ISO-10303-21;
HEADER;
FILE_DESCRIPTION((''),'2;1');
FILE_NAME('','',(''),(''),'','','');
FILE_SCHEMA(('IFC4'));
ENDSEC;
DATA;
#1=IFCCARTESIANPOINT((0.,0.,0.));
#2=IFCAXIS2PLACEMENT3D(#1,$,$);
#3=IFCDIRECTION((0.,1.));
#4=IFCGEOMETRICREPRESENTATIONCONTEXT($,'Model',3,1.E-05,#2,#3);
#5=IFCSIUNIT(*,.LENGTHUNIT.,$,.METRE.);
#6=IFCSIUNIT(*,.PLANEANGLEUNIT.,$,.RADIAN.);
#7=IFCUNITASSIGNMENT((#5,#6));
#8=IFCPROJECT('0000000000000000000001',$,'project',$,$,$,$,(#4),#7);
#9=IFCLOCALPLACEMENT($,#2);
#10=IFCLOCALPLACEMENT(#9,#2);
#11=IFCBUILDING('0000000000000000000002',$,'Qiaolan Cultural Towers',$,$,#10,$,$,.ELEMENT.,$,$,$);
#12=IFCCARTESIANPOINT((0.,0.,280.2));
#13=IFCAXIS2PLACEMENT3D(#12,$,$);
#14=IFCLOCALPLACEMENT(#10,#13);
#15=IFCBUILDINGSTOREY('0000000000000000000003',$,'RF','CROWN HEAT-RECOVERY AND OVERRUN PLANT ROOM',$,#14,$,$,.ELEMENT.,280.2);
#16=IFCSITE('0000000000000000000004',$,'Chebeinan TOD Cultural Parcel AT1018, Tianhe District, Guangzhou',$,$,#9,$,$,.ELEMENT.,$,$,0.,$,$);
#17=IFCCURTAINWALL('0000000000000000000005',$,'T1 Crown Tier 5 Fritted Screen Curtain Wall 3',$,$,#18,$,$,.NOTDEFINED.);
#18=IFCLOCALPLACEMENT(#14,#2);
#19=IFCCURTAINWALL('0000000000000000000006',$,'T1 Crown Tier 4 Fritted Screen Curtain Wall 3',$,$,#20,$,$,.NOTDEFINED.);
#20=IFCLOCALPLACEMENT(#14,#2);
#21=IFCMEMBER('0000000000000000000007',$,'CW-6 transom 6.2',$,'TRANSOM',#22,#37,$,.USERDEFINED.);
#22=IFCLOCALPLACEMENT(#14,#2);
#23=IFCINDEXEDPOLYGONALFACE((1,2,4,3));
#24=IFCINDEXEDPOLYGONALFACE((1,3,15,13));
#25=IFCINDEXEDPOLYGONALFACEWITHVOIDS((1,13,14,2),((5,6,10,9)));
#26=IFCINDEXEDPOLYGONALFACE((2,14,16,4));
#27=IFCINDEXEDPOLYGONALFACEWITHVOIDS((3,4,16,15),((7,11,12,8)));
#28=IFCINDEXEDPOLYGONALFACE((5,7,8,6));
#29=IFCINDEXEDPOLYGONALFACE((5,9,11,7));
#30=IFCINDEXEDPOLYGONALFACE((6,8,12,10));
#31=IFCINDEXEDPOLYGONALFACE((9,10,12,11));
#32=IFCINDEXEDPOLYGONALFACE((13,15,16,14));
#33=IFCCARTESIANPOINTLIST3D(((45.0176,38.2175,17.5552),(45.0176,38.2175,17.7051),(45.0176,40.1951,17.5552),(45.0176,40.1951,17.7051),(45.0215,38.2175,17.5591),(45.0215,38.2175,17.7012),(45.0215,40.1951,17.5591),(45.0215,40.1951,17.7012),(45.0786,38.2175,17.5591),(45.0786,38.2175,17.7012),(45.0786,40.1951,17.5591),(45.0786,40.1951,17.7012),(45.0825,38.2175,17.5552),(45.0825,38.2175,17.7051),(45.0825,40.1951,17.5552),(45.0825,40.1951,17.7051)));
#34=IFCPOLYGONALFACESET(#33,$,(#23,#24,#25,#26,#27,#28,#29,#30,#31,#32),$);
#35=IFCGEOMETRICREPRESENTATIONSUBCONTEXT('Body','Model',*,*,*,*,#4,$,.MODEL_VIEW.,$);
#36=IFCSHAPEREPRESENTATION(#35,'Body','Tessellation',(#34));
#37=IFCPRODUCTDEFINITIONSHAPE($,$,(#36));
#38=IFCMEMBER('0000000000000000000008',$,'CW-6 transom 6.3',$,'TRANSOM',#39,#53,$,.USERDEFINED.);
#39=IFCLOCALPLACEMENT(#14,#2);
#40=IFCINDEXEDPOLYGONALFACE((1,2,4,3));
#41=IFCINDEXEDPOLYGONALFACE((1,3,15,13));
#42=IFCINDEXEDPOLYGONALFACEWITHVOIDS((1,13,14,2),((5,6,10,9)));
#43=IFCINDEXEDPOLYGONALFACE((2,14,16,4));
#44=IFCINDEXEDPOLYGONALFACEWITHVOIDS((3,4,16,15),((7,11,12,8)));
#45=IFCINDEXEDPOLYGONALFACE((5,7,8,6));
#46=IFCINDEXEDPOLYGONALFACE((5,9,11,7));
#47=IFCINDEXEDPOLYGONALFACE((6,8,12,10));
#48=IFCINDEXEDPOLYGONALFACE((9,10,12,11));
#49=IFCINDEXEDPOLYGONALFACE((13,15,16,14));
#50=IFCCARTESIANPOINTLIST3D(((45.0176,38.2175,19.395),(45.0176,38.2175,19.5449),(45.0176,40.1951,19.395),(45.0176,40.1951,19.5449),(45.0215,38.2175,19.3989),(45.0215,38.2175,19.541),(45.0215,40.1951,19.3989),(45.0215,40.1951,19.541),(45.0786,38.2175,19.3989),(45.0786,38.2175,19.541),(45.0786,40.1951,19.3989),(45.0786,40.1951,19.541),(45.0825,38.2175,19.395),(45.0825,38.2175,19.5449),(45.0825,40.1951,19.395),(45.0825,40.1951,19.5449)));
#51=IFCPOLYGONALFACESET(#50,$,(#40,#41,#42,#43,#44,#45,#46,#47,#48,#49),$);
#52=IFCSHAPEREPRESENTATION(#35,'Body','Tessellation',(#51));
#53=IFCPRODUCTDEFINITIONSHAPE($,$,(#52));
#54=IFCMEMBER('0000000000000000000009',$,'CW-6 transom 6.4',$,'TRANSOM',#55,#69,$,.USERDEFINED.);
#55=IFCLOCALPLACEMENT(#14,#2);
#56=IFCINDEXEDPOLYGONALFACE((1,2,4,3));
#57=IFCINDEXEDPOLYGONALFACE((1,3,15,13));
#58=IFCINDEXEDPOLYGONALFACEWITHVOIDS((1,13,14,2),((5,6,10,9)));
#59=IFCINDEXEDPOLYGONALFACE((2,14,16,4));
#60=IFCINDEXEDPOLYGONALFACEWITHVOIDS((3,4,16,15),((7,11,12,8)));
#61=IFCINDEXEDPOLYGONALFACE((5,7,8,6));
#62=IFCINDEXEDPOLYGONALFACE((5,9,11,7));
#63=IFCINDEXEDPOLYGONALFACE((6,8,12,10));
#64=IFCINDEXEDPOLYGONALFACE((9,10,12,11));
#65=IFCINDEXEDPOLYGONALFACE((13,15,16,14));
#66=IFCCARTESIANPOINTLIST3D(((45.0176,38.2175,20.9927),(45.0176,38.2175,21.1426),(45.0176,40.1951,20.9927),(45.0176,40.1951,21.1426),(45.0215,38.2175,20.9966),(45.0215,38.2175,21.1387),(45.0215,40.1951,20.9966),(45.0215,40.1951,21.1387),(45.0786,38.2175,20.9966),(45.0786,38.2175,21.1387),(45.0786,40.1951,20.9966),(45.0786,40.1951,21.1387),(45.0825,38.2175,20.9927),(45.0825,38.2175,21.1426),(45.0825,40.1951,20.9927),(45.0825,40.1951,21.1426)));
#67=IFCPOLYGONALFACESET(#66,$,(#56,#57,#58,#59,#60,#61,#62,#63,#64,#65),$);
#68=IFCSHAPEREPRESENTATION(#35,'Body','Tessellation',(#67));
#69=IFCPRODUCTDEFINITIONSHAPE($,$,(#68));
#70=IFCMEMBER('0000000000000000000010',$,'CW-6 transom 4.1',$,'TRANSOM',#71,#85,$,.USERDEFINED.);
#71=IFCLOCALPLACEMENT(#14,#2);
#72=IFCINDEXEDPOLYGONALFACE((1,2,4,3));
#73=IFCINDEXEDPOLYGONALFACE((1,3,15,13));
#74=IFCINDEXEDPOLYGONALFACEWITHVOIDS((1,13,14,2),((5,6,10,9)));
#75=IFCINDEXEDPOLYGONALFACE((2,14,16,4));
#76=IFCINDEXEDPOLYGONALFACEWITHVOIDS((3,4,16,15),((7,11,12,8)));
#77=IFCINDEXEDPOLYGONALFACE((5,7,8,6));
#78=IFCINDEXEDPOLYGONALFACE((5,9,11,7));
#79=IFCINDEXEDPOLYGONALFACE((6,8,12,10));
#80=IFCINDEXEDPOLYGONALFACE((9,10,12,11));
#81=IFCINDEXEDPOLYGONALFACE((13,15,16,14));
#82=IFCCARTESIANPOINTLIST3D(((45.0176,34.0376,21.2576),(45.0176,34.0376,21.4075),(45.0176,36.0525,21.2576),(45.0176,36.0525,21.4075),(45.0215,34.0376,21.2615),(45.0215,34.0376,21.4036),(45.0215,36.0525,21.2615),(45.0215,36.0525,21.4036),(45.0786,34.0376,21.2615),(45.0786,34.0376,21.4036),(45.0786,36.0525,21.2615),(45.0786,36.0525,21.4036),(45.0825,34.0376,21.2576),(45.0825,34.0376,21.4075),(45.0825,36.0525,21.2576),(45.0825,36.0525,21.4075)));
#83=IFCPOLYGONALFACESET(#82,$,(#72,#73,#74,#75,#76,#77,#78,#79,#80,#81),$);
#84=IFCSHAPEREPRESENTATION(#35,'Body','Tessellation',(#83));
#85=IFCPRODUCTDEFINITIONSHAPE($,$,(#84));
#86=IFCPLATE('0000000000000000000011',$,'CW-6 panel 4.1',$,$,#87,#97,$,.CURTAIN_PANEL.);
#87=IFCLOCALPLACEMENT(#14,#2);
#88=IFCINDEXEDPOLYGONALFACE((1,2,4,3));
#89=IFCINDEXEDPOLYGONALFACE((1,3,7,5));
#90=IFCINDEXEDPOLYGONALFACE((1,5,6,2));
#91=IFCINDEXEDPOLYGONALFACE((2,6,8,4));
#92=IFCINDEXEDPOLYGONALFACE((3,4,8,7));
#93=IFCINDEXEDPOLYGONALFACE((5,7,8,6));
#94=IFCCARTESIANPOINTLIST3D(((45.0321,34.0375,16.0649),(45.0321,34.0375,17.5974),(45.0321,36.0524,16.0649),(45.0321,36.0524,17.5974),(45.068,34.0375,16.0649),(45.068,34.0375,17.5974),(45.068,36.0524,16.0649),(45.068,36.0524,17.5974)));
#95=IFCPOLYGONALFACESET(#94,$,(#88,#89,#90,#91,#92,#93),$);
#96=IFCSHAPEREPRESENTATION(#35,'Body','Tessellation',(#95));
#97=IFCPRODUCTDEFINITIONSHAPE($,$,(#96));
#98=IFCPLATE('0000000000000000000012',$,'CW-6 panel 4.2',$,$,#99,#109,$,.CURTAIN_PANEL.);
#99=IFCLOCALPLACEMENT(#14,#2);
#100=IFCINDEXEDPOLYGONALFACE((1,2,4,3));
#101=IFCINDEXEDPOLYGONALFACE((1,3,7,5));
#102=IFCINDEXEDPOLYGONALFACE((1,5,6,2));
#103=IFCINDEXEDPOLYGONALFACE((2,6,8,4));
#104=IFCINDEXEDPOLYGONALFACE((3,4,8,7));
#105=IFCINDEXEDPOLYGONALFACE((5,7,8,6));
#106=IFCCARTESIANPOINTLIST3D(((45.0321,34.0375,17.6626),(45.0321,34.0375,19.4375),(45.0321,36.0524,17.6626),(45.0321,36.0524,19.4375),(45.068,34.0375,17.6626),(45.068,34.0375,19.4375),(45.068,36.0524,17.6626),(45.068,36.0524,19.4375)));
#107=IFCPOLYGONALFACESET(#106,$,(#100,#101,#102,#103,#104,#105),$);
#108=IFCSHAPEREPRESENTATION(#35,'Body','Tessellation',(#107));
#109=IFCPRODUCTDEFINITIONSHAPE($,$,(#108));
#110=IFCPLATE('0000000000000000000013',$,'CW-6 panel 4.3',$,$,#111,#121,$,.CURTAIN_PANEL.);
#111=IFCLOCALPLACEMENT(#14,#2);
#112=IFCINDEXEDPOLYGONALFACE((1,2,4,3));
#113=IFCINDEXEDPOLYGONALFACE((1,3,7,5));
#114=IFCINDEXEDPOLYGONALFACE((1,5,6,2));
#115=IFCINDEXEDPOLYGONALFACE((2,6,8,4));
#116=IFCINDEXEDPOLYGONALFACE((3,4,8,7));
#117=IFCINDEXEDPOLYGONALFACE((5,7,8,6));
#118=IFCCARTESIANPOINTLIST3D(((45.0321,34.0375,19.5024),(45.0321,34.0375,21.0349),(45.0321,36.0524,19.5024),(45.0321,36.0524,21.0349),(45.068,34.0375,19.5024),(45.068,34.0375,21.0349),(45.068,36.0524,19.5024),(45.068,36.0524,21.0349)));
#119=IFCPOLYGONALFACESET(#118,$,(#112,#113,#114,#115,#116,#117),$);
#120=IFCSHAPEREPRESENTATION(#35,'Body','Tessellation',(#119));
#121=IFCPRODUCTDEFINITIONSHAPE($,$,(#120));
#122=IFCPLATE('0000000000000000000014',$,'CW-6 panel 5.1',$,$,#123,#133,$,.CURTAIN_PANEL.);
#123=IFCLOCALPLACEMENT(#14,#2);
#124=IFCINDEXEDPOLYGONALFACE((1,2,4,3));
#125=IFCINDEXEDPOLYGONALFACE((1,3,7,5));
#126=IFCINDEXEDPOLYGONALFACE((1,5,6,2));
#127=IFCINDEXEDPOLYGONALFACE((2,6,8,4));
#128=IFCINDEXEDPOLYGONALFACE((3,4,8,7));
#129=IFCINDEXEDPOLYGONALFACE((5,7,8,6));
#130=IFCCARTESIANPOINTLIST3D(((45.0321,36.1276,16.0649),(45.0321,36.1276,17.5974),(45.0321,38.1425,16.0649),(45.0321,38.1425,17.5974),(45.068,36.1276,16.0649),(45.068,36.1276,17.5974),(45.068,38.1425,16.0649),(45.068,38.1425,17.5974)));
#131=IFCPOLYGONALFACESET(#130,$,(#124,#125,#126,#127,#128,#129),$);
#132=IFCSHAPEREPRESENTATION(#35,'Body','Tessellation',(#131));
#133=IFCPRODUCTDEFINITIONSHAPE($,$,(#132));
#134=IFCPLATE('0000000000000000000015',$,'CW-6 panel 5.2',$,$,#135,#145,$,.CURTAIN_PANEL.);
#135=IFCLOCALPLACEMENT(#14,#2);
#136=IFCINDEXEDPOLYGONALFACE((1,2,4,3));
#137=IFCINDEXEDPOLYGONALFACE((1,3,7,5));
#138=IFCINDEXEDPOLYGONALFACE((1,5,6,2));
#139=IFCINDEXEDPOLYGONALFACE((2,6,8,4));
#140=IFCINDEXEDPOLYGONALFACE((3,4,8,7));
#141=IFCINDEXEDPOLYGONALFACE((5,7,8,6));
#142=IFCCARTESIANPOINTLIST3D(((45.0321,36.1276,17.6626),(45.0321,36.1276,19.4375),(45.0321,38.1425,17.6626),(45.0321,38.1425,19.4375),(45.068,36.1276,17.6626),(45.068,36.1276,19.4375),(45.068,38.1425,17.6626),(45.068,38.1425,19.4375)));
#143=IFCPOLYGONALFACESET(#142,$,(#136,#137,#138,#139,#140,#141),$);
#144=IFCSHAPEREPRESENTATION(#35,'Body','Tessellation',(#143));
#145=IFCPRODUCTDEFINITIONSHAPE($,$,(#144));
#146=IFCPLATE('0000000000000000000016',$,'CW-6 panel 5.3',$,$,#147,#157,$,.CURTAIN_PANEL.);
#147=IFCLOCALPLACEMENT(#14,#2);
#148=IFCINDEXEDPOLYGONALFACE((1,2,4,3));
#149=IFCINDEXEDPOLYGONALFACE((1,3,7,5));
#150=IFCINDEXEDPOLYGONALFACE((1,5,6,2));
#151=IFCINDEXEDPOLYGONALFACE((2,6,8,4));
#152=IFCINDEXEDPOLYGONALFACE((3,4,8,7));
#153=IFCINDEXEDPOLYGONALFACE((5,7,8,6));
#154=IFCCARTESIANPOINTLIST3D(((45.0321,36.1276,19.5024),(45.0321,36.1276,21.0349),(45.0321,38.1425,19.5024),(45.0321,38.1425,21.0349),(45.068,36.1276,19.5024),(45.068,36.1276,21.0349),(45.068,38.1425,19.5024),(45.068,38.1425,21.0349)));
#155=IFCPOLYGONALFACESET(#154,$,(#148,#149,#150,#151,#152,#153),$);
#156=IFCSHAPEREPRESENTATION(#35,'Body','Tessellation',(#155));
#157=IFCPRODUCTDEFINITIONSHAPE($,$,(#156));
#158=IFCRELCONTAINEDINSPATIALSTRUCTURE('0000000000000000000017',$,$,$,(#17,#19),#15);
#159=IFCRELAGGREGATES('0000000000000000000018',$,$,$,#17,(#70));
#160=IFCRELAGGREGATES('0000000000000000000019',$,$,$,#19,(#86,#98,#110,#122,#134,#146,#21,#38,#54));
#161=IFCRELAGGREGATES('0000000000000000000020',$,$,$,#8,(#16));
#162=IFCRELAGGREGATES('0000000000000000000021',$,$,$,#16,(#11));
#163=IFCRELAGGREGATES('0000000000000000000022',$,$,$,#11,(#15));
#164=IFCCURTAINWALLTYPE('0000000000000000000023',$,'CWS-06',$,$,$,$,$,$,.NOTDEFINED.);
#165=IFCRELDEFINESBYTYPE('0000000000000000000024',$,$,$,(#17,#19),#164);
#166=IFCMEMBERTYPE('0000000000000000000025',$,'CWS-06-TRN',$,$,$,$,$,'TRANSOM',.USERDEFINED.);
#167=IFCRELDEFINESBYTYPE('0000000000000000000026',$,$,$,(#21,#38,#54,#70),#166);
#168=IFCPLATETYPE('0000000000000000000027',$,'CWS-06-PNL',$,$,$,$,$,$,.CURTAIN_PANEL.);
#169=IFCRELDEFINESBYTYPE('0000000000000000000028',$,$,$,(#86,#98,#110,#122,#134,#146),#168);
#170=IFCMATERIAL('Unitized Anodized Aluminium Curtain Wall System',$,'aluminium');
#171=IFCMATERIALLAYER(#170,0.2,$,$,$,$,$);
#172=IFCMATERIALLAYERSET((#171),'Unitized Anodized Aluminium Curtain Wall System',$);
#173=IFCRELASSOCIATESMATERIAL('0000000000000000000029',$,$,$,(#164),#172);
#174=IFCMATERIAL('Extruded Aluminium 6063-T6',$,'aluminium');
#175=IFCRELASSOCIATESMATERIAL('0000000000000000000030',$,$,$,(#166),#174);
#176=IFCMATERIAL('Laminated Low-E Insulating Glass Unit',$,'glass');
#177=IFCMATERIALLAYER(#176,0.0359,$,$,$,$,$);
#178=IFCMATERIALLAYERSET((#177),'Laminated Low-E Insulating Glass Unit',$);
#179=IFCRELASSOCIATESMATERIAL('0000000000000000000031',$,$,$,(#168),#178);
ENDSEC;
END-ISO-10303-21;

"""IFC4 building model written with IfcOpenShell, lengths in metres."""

from ifc_helpers import new_model, si_unit, direction, frame, origin, origin_2d, place, context, subcontext, project, spatial, rectangle, hollow_rectangle, extrude, material, layer, layer_set, material_profile, profile_set, type_object, element, aggregate, save


model = new_model("IFC4")

# Units and contexts
model_context = context("Model", 3, precision=1e-05, world=origin(), true_north=direction((0.0, 1.0)))
body_context = subcontext(model_context, "Body", "Model", "MODEL_VIEW")
ifc_project = project(units=[si_unit("LENGTHUNIT", "METRE"), si_unit("PLANEANGLEUNIT", "RADIAN")], contexts=[model_context])

# Site, building, storey
site_placement = place(None, origin())
site = spatial("IfcSite", under=ifc_project, at=site_placement, Name="Chebeinan TOD Cultural Parcel AT1018, Tianhe District, Guangzhou", CompositionType="ELEMENT", RefElevation=0.0)
building_placement = place(site_placement, origin())
building = spatial("IfcBuilding", under=site, at=building_placement, Name="Qiaolan Cultural Towers", CompositionType="ELEMENT")
storey_placement = place(building_placement, frame((0.0, 0.0, 280.2)))
storey = spatial("IfcBuildingStorey", under=building, at=storey_placement, Name="RF", Description="CROWN HEAT-RECOVERY AND OVERRUN PLANT ROOM", CompositionType="ELEMENT", Elevation=280.2)

# Curtain walls, members
ifc_material_1 = material(Name="Unitized Anodized Aluminium Curtain Wall System", Category="aluminium")
ifc_layer_1 = layer(ifc_material_1, 0.2)
ifc_layer_set_1 = layer_set([ifc_layer_1], Name="Unitized Anodized Aluminium Curtain Wall System")
curtain_wall_type = type_object("IfcCurtainWallType", Name="CWS-06", PredefinedType="NOTDEFINED", material=ifc_layer_set_1)
curtain_wall_1_placement = place(storey_placement, origin())
curtain_wall_1 = element("IfcCurtainWall", 1, at=curtain_wall_1_placement, inside=storey, type_object=curtain_wall_type, Name="T1 Crown Tier 5 Fritted Screen Curtain Wall 3", PredefinedType="NOTDEFINED")
curtain_wall_2_placement = place(storey_placement, origin())
curtain_wall_2 = element("IfcCurtainWall", 2, at=curtain_wall_2_placement, inside=storey, type_object=curtain_wall_type, Name="T1 Crown Tier 4 Fritted Screen Curtain Wall 3", PredefinedType="NOTDEFINED")
ifc_material_2 = material(Name="Extruded Aluminium 6063-T6", Category="aluminium")
ifc_material_profile_1 = material_profile(ifc_material_2, hollow_rectangle(XDim=0.0649, YDim=0.1499, WallThickness=0.0039, at=origin_2d()), Name="CWT-150x65x4")
ifc_profile_set_1 = profile_set([ifc_material_profile_1], Name="Extruded Aluminium 6063-T6")
member_type_1 = type_object("IfcMemberType", Name="CWS-06-TRN", ElementType="TRANSOM", PredefinedType="USERDEFINED", material=ifc_profile_set_1)
member_1_placement = place(storey_placement, frame((45.05, 38.2175, 17.6301), z_axis=(0.0, 1.0, 0.0), x_axis=(-1.0, 0.0, 0.0)))
member_1 = element("IfcMember", 3, at=member_1_placement, type_object=member_type_1, Name="CW-6 transom 6.2", ObjectType="TRANSOM", PredefinedType="USERDEFINED", context=body_context, shape_type="SweptSolid", body=[
    extrude(hollow_rectangle(XDim=0.0649, YDim=0.1499, WallThickness=0.0039, at=origin_2d()), origin(), (0.0, 0.0, 1.0), 1.9775),
])
member_2_placement = place(storey_placement, frame((45.05, 38.2175, 19.47), z_axis=(0.0, 1.0, 0.0), x_axis=(-1.0, 0.0, 0.0)))
member_2 = element("IfcMember", 4, at=member_2_placement, type_object=member_type_1, Name="CW-6 transom 6.3", ObjectType="TRANSOM", PredefinedType="USERDEFINED", context=body_context, shape_type="SweptSolid", body=[
    extrude(hollow_rectangle(XDim=0.0649, YDim=0.1499, WallThickness=0.0039, at=origin_2d()), origin(), (0.0, 0.0, 1.0), 1.9775),
])
member_3_placement = place(storey_placement, frame((45.05, 38.2175, 21.0676), z_axis=(0.0, 1.0, 0.0), x_axis=(-1.0, 0.0, 0.0)))
member_3 = element("IfcMember", 5, at=member_3_placement, type_object=member_type_1, Name="CW-6 transom 6.4", ObjectType="TRANSOM", PredefinedType="USERDEFINED", context=body_context, shape_type="SweptSolid", body=[
    extrude(hollow_rectangle(XDim=0.0649, YDim=0.1499, WallThickness=0.0039, at=origin_2d()), origin(), (0.0, 0.0, 1.0), 1.9775),
])

# Member
member_4_placement = place(storey_placement, frame((45.05, 34.0376, 21.3325), z_axis=(0.0, 1.0, 0.0), x_axis=(-1.0, 0.0, 0.0)))
member_4 = element("IfcMember", 6, at=member_4_placement, type_object=member_type_1, Name="CW-6 transom 4.1", ObjectType="TRANSOM", PredefinedType="USERDEFINED", context=body_context, shape_type="SweptSolid", body=[
    extrude(hollow_rectangle(XDim=0.0649, YDim=0.1499, WallThickness=0.0039, at=origin_2d()), origin(), (0.0, 0.0, 1.0), 2.0149),
])
aggregate(curtain_wall_1, [member_4])

# Plates
ifc_material_3 = material(Name="Laminated Low-E Insulating Glass Unit", Category="glass")
ifc_layer_2 = layer(ifc_material_3, 0.0359)
ifc_layer_set_2 = layer_set([ifc_layer_2], Name="Laminated Low-E Insulating Glass Unit")
plate_type = type_object("IfcPlateType", Name="CWS-06-PNL", PredefinedType="CURTAIN_PANEL", material=ifc_layer_set_2)
plate_1_placement = place(storey_placement, frame((45.05, 35.0449, 16.0649), z_axis=(0.0, 0.0, 1.0), x_axis=(0.0, 1.0, 0.0)))
plate_1 = element("IfcPlate", 7, at=plate_1_placement, type_object=plate_type, Name="CW-6 panel 4.1", PredefinedType="CURTAIN_PANEL", context=body_context, shape_type="SweptSolid", body=[
    extrude(rectangle(XDim=2.0149, YDim=0.0359, at=origin_2d()), origin(), (0.0, 0.0, 1.0), 1.5325),
])
plate_2_placement = place(storey_placement, frame((45.05, 35.0449, 17.6626), z_axis=(0.0, 0.0, 1.0), x_axis=(0.0, 1.0, 0.0)))
plate_2 = element("IfcPlate", 8, at=plate_2_placement, type_object=plate_type, Name="CW-6 panel 4.2", PredefinedType="CURTAIN_PANEL", context=body_context, shape_type="SweptSolid", body=[
    extrude(rectangle(XDim=2.0149, YDim=0.0359, at=origin_2d()), origin(), (0.0, 0.0, 1.0), 1.7749),
])
plate_3_placement = place(storey_placement, frame((45.05, 35.0449, 19.5024), z_axis=(0.0, 0.0, 1.0), x_axis=(0.0, 1.0, 0.0)))
plate_3 = element("IfcPlate", 9, at=plate_3_placement, type_object=plate_type, Name="CW-6 panel 4.3", PredefinedType="CURTAIN_PANEL", context=body_context, shape_type="SweptSolid", body=[
    extrude(rectangle(XDim=2.0149, YDim=0.0359, at=origin_2d()), origin(), (0.0, 0.0, 1.0), 1.5325),
])
plate_4_placement = place(storey_placement, frame((45.05, 37.135, 16.0649), z_axis=(0.0, 0.0, 1.0), x_axis=(0.0, 1.0, 0.0)))
plate_4 = element("IfcPlate", 10, at=plate_4_placement, type_object=plate_type, Name="CW-6 panel 5.1", PredefinedType="CURTAIN_PANEL", context=body_context, shape_type="SweptSolid", body=[
    extrude(rectangle(XDim=2.0149, YDim=0.0359, at=origin_2d()), origin(), (0.0, 0.0, 1.0), 1.5325),
])
plate_5_placement = place(storey_placement, frame((45.05, 37.135, 17.6626), z_axis=(0.0, 0.0, 1.0), x_axis=(0.0, 1.0, 0.0)))
plate_5 = element("IfcPlate", 11, at=plate_5_placement, type_object=plate_type, Name="CW-6 panel 5.2", PredefinedType="CURTAIN_PANEL", context=body_context, shape_type="SweptSolid", body=[
    extrude(rectangle(XDim=2.0149, YDim=0.0359, at=origin_2d()), origin(), (0.0, 0.0, 1.0), 1.7749),
])
plate_6_placement = place(storey_placement, frame((45.05, 37.135, 19.5024), z_axis=(0.0, 0.0, 1.0), x_axis=(0.0, 1.0, 0.0)))
plate_6 = element("IfcPlate", 12, at=plate_6_placement, type_object=plate_type, Name="CW-6 panel 5.3", PredefinedType="CURTAIN_PANEL", context=body_context, shape_type="SweptSolid", body=[
    extrude(rectangle(XDim=2.0149, YDim=0.0359, at=origin_2d()), origin(), (0.0, 0.0, 1.0), 1.5325),
])
aggregate(curtain_wall_2, [plate_1, plate_2, plate_3, plate_4, plate_5, plate_6, member_1, member_2, member_3])

save(model, "model.ifc")
